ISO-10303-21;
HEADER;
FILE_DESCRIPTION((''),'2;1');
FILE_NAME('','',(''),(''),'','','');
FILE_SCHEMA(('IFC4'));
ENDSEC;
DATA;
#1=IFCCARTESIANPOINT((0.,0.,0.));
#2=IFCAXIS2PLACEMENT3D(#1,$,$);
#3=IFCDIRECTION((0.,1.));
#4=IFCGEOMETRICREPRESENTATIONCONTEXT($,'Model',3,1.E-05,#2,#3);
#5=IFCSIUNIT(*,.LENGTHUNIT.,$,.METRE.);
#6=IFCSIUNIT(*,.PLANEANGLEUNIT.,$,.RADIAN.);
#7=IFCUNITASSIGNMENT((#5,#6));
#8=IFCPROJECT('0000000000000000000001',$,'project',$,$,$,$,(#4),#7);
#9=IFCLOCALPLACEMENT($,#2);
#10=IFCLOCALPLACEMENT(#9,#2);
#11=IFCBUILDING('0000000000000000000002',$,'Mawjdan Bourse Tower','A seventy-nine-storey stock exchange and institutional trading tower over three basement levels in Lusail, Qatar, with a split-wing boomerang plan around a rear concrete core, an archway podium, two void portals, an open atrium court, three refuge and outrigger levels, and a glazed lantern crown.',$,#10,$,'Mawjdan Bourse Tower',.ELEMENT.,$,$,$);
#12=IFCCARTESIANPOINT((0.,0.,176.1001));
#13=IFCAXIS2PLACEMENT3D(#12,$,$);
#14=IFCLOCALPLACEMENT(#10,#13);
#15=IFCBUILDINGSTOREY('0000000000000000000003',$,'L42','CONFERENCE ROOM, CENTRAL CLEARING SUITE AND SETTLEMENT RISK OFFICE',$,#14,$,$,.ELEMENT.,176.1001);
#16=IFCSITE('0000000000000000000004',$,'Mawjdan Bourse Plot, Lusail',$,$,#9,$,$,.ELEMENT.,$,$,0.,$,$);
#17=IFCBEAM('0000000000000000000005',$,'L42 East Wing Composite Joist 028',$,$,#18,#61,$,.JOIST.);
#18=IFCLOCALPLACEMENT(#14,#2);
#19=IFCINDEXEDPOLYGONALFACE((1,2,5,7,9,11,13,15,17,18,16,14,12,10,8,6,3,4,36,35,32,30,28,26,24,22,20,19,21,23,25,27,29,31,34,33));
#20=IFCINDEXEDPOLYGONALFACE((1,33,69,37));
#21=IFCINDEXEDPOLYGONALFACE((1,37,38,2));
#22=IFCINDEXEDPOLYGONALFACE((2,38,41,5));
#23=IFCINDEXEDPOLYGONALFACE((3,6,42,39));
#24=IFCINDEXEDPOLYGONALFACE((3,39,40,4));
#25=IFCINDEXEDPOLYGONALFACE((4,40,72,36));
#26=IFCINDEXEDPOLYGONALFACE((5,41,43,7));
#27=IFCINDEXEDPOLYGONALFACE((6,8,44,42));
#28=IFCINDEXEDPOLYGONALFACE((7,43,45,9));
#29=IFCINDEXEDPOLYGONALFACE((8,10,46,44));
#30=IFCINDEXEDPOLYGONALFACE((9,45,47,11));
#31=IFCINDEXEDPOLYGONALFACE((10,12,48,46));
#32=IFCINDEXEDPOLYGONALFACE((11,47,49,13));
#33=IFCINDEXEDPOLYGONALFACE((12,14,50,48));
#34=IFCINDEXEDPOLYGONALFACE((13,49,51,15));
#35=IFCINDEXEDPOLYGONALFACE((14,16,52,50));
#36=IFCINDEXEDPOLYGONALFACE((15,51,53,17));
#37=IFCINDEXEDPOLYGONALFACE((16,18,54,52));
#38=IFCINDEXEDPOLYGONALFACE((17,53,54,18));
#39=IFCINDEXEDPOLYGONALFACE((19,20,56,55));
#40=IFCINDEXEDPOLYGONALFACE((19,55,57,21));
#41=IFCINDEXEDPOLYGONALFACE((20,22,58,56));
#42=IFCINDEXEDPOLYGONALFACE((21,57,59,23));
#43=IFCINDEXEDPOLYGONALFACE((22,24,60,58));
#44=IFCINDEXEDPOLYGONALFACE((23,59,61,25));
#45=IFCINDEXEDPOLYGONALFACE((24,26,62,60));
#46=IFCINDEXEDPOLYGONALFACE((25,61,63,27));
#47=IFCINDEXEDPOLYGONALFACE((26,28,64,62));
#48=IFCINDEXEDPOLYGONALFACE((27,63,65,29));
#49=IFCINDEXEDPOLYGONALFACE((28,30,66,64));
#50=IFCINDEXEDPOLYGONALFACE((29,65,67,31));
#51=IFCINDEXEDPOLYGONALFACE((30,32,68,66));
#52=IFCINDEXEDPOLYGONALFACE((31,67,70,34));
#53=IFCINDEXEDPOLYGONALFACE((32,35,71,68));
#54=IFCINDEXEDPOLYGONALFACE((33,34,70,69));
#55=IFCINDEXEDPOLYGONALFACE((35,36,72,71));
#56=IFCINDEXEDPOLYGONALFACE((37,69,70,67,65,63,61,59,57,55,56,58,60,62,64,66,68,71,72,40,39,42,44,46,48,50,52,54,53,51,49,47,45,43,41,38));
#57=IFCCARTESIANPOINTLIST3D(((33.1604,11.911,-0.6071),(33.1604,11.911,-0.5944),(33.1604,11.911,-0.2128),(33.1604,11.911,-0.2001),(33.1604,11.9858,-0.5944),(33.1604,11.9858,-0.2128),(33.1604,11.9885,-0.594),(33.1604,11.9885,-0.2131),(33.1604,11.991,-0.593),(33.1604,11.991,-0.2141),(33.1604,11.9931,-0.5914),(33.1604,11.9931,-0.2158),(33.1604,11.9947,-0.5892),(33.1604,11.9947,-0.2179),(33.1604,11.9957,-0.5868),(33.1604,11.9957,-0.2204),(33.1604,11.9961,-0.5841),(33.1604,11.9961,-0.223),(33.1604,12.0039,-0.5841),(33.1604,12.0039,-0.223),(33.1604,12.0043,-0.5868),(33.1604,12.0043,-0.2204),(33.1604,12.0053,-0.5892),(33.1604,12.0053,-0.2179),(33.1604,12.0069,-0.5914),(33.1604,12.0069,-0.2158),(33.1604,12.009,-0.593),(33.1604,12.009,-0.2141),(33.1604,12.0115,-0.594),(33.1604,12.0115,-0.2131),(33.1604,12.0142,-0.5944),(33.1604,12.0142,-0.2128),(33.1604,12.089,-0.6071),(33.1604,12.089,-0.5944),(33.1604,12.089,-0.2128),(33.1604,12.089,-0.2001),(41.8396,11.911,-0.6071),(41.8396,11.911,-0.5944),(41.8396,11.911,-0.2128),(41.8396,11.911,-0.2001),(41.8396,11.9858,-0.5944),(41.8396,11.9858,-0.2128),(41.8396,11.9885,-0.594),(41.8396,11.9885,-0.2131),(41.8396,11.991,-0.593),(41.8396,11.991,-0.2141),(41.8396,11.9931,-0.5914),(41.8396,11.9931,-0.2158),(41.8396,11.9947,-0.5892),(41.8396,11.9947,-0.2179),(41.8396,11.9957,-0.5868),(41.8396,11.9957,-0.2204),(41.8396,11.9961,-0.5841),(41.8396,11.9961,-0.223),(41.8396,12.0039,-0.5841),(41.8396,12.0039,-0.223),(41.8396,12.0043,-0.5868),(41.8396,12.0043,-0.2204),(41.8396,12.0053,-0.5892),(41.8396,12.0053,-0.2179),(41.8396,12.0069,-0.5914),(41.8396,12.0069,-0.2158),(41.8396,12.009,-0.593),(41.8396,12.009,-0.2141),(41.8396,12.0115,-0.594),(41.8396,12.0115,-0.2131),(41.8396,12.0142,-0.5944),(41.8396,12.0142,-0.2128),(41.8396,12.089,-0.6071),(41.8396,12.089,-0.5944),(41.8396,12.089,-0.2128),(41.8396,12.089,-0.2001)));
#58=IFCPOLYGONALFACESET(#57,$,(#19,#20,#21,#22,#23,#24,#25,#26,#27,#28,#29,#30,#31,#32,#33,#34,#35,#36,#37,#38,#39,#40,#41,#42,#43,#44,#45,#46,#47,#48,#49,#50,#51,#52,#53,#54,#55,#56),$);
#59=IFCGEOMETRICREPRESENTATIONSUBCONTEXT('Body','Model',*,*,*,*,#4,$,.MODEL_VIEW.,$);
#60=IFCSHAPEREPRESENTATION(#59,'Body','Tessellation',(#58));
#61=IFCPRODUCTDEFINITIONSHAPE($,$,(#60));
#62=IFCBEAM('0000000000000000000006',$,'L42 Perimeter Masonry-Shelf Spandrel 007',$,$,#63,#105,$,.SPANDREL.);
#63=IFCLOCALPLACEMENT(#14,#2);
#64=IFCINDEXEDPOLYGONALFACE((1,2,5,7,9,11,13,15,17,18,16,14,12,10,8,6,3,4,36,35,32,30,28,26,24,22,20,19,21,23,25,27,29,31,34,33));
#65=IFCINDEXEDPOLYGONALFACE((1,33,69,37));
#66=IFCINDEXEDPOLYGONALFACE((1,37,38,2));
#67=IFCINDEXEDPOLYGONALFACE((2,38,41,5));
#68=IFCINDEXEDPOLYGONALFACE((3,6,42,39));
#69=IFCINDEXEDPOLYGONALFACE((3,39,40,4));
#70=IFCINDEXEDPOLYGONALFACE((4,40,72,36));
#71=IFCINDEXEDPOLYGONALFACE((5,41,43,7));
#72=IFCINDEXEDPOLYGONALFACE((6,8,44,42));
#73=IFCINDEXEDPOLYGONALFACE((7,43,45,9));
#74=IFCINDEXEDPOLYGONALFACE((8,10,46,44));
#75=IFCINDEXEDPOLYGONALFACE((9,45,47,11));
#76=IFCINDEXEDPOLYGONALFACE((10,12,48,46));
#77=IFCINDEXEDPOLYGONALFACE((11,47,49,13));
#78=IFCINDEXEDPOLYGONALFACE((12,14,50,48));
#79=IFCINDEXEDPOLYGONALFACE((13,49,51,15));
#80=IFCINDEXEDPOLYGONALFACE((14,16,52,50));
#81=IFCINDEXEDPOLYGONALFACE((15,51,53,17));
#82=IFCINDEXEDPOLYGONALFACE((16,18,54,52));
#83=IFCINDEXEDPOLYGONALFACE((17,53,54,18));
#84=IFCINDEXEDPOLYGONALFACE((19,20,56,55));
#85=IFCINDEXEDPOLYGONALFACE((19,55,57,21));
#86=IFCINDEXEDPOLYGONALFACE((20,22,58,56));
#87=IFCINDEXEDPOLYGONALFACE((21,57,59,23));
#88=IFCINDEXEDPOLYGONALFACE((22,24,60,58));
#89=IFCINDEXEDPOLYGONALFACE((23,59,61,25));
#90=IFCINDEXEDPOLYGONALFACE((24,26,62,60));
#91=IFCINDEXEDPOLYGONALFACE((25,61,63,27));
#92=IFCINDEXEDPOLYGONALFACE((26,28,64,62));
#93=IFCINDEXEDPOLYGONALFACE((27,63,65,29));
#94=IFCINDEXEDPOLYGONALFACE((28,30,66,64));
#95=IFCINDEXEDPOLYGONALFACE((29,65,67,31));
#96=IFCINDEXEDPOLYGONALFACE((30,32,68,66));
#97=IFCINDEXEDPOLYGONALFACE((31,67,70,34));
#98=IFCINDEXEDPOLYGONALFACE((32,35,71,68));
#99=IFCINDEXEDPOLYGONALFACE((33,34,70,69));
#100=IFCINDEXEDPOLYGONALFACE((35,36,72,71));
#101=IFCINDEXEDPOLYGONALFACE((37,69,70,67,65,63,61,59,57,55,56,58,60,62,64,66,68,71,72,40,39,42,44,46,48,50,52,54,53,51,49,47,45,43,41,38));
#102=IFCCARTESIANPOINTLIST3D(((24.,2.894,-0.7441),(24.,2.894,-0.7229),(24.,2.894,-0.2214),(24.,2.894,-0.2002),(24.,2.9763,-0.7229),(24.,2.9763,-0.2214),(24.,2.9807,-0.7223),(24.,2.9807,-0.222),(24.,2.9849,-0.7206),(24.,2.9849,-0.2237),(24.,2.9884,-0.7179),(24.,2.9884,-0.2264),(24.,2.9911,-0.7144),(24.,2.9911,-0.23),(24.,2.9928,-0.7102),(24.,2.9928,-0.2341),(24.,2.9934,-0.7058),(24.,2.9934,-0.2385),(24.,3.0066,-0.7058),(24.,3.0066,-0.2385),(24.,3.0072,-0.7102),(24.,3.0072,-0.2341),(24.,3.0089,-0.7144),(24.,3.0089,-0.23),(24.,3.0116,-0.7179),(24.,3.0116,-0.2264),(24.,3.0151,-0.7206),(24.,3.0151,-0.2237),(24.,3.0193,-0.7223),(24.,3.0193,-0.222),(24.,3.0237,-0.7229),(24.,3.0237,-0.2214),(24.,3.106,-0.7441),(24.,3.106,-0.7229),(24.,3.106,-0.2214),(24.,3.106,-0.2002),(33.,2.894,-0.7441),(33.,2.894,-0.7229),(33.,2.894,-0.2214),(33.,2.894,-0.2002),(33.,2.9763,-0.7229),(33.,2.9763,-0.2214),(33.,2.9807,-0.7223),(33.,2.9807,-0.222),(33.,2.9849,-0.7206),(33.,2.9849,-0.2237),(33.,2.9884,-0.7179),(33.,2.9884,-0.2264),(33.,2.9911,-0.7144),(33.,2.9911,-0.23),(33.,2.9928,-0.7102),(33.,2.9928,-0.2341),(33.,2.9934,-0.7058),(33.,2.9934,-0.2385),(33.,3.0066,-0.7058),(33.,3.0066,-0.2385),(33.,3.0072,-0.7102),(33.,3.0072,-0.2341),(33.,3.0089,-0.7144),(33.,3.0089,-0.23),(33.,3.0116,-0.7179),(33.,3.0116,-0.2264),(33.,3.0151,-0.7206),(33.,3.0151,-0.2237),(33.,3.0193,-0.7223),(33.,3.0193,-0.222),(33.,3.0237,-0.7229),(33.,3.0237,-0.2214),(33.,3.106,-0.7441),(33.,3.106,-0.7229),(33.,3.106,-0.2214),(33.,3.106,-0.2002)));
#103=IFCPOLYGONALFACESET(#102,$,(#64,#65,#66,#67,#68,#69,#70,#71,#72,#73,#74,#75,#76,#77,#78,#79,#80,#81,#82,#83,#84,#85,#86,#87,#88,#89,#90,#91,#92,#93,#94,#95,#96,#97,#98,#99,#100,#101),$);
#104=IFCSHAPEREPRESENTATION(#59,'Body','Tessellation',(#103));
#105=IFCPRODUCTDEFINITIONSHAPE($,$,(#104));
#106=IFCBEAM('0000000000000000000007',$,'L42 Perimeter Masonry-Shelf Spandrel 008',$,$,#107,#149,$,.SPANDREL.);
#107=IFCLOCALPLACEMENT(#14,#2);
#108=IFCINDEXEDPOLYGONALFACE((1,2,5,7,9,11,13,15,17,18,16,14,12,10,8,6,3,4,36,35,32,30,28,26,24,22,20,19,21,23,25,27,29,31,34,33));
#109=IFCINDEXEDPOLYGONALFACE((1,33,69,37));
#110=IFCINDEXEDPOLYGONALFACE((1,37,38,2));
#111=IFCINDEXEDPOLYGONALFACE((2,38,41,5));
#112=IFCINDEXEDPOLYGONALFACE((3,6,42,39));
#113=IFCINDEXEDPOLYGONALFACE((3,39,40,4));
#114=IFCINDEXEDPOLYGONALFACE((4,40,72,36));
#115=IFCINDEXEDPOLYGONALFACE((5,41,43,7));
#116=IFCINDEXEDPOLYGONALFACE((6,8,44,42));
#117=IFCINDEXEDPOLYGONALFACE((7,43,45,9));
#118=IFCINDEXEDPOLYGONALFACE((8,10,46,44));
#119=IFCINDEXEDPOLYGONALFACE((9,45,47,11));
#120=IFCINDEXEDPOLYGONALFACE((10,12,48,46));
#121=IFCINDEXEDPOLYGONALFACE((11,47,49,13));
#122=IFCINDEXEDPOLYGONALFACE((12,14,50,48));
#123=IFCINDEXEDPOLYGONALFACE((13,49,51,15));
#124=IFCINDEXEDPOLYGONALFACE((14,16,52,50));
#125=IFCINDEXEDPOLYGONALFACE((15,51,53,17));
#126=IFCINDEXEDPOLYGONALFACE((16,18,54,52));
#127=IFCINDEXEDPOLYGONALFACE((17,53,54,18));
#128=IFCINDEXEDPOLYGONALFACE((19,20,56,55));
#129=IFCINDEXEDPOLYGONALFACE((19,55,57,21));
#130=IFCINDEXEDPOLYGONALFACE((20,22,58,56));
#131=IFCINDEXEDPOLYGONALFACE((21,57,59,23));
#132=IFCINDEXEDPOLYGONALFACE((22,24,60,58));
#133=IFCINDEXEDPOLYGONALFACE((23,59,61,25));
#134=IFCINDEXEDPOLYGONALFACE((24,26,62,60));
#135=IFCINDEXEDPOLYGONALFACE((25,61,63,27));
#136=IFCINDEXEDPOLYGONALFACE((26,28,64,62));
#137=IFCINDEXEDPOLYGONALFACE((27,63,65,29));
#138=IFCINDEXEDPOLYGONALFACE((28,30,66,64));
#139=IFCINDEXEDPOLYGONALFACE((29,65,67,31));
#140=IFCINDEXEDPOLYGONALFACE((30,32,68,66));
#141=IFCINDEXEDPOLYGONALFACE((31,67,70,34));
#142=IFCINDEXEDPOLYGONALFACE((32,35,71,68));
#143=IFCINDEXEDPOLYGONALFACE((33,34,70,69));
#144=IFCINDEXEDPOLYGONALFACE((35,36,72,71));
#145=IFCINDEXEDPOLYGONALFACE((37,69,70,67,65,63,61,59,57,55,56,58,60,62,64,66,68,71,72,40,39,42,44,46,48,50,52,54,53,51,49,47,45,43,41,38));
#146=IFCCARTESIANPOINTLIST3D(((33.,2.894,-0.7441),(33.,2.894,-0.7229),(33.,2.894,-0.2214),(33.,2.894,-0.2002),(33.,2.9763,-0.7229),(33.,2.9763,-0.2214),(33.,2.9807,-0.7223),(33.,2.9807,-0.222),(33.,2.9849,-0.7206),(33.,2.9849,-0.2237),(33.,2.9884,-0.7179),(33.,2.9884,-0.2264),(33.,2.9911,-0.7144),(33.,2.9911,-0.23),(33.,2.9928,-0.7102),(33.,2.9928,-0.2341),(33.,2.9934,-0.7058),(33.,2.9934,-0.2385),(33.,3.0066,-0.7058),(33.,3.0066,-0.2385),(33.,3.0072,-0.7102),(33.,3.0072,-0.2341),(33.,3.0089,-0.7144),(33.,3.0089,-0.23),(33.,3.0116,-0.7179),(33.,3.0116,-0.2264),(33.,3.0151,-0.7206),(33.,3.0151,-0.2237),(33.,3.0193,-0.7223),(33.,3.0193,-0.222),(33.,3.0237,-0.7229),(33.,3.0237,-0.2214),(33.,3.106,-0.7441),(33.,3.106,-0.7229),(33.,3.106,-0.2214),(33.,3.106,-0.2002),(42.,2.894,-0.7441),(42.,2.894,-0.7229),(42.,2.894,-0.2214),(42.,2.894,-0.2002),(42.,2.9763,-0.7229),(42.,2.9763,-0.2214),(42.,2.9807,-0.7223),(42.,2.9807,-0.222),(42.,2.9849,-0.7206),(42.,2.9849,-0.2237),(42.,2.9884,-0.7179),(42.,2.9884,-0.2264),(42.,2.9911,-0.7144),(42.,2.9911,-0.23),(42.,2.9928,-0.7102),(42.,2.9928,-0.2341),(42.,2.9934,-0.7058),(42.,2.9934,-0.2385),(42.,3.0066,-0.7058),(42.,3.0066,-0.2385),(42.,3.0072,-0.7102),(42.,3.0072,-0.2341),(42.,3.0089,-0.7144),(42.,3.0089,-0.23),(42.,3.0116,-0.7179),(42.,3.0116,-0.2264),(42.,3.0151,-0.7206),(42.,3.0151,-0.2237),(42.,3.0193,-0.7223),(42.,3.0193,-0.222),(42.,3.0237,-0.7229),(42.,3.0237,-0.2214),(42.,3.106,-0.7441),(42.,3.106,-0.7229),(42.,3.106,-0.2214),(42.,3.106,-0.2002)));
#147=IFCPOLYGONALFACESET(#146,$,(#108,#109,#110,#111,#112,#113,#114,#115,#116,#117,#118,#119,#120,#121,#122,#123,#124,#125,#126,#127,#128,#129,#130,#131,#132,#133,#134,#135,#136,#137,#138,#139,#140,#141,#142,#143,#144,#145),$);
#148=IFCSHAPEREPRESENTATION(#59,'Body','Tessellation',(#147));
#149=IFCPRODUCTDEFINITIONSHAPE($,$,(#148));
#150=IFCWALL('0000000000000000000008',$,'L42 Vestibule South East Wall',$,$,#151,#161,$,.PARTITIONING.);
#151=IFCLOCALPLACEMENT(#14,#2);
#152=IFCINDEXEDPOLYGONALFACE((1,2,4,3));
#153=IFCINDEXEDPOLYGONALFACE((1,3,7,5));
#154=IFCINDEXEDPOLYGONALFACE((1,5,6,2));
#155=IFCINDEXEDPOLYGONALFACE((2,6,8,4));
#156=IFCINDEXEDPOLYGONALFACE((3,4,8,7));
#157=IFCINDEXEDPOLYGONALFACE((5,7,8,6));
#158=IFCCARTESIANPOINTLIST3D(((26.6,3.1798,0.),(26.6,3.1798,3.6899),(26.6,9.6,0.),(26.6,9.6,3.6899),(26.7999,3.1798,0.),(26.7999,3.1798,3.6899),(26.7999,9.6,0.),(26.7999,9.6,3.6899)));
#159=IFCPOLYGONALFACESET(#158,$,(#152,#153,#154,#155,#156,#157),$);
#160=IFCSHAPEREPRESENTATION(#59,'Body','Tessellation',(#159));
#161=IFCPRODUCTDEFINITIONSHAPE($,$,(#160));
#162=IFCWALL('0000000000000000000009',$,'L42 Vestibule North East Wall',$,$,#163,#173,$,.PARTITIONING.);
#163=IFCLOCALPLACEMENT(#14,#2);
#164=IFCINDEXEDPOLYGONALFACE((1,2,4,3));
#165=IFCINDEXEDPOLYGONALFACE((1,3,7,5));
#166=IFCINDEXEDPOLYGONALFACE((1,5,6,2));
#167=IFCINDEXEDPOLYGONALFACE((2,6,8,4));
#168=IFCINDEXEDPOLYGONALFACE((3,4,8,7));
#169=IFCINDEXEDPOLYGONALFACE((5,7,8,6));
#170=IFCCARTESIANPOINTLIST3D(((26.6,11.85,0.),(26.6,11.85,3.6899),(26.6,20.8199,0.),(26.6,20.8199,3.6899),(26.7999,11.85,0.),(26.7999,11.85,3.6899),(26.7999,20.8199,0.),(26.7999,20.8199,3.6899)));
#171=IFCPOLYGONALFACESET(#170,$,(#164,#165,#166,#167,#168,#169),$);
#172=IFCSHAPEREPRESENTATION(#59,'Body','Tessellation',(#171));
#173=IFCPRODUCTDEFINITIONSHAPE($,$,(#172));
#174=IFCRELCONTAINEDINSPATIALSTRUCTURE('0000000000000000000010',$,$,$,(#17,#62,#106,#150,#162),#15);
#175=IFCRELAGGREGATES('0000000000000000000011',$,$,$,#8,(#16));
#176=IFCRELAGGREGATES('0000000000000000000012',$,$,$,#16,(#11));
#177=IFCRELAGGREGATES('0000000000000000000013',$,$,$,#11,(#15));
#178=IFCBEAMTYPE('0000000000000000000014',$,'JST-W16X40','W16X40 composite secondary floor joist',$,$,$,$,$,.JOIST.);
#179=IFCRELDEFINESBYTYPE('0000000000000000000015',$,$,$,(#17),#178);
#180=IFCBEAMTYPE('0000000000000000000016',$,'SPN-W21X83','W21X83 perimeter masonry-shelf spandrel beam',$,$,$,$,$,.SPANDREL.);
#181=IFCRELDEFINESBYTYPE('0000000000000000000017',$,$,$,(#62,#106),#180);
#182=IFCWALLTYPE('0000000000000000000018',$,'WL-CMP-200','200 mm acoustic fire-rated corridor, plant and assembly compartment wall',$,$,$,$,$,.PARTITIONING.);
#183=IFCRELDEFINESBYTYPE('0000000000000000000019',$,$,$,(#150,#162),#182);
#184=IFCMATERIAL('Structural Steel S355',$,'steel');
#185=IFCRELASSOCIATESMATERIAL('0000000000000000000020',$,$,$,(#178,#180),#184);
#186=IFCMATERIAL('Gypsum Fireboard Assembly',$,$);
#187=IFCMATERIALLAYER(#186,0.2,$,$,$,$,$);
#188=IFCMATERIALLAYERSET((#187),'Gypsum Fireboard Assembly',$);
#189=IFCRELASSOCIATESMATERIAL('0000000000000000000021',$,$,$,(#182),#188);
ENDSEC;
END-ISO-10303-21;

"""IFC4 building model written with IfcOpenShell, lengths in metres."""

from ifc_helpers import new_model, si_unit, direction, frame, frame_2d, origin, origin_2d, place, context, subcontext, project, spatial, rectangle, i_section, extrude, material, layer, layer_set, material_profile, profile_set, type_object, element, save


model = new_model("IFC4")

# Units and contexts
model_context = context("Model", 3, precision=1e-05, world=origin(), true_north=direction((0.0, 1.0)))
body_context = subcontext(model_context, "Body", "Model", "MODEL_VIEW")
ifc_project = project(units=[si_unit("LENGTHUNIT", "METRE"), si_unit("PLANEANGLEUNIT", "RADIAN")], contexts=[model_context])

# Site, building, storey
site_placement = place(None, origin())
site = spatial("IfcSite", under=ifc_project, at=site_placement, Name="Mawjdan Bourse Plot, Lusail", CompositionType="ELEMENT", RefElevation=0.0)
building_placement = place(site_placement, origin())
building = spatial("IfcBuilding", under=site, at=building_placement, Name="Mawjdan Bourse Tower", Description="A seventy-nine-storey stock exchange and institutional trading tower over three basement levels in Lusail, Qatar, with a split-wing boomerang plan around a rear concrete core, an archway podium, two void portals, an open atrium court, three refuge and outrigger levels, and a glazed lantern crown.", LongName="Mawjdan Bourse Tower", CompositionType="ELEMENT")
storey_placement = place(building_placement, frame((0.0, 0.0, 176.1001)))
storey = spatial("IfcBuildingStorey", under=building, at=storey_placement, Name="L42", Description="CONFERENCE ROOM, CENTRAL CLEARING SUITE AND SETTLEMENT RISK OFFICE", CompositionType="ELEMENT", Elevation=176.1001)

# Beams
ifc_material_1 = material(Name="Structural Steel S355", Category="steel")
ifc_material_profile_1 = material_profile(ifc_material_1, i_section(OverallWidth=0.178, OverallDepth=0.407, WebThickness=0.0078, FlangeThickness=0.0127, FilletRadius=0.0103, at=origin_2d()), Name="W16X40")
ifc_profile_set_1 = profile_set([ifc_material_profile_1], Name="Structural Steel S355")
beam_type_1 = type_object("IfcBeamType", Name="JST-W16X40", Description="W16X40 composite secondary floor joist", PredefinedType="JOIST", material=ifc_profile_set_1)
for number, where, z_axis, x_axis, name in (
    (1, (33.1604, 12.0, -0.4036), (1.0, 0.0, 0.0), (0.0, 1.0, 0.0), "L42 East Wing Composite Joist 028"),
):
    element("IfcBeam", number, at=place(storey_placement, frame(where, z_axis=z_axis, x_axis=x_axis)), inside=storey, type_object=beam_type_1, Name=name, PredefinedType="JOIST", context=body_context, shape_type="SweptSolid", body=[
        extrude(i_section(OverallWidth=0.178, OverallDepth=0.407, WebThickness=0.0078, FlangeThickness=0.0127, FilletRadius=0.0103, at=origin_2d()), origin(), (0.0, 0.0, 1.0), 8.6792),
    ])
ifc_material_profile_2 = material_profile(ifc_material_1, i_section(OverallWidth=0.2119, OverallDepth=0.5439, WebThickness=0.0132, FlangeThickness=0.0212, FilletRadius=0.0171, at=origin_2d()), Name="W21X83")
ifc_profile_set_2 = profile_set([ifc_material_profile_2], Name="Structural Steel S355")
beam_type_2 = type_object("IfcBeamType", Name="SPN-W21X83", Description="W21X83 perimeter masonry-shelf spandrel beam", PredefinedType="SPANDREL", material=ifc_profile_set_2)
for number, where, z_axis, x_axis, name in (
    (2, (24.0, 3.0, -0.4722), (1.0, 0.0, 0.0), (0.0, 1.0, 0.0), "L42 Perimeter Masonry-Shelf Spandrel 007"),
    (3, (33.0, 3.0, -0.4722), (1.0, 0.0, 0.0), (0.0, 1.0, 0.0), "L42 Perimeter Masonry-Shelf Spandrel 008"),
):
    element("IfcBeam", number, at=place(storey_placement, frame(where, z_axis=z_axis, x_axis=x_axis)), inside=storey, type_object=beam_type_2, Name=name, PredefinedType="SPANDREL", context=body_context, shape_type="SweptSolid", body=[
        extrude(i_section(OverallWidth=0.2119, OverallDepth=0.5439, WebThickness=0.0132, FlangeThickness=0.0212, FilletRadius=0.0171, at=origin_2d()), origin(), (0.0, 0.0, 1.0), 9.0),
    ])

# Walls
ifc_material_2 = material(Name="Gypsum Fireboard Assembly")
ifc_layer_1 = layer(ifc_material_2, 0.2)
ifc_layer_set_1 = layer_set([ifc_layer_1], Name="Gypsum Fireboard Assembly")
wall_type_1 = type_object("IfcWallType", Name="WL-CMP-200", Description="200 mm acoustic fire-rated corridor, plant and assembly compartment wall", PredefinedType="PARTITIONING", material=ifc_layer_set_1)
wall_1_placement = place(storey_placement, frame((26.7, 3.1799, 0.0), z_axis=(0.0, 0.0, 1.0), x_axis=(0.0, 1.0, 0.0)))
element("IfcWall", 4, at=wall_1_placement, inside=storey, type_object=wall_type_1, Name="L42 Vestibule South East Wall", PredefinedType="PARTITIONING", context=body_context, shape_type="SweptSolid", body=[
    extrude(rectangle(XDim=6.4202, YDim=0.2, at=frame_2d((3.21, 0.0))), origin(), (0.0, 0.0, 1.0), 3.6899),
])
wall_2_placement = place(storey_placement, frame((26.7, 11.8501, 0.0), z_axis=(0.0, 0.0, 1.0), x_axis=(0.0, 1.0, 0.0)))
element("IfcWall", 5, at=wall_2_placement, inside=storey, type_object=wall_type_1, Name="L42 Vestibule North East Wall", PredefinedType="PARTITIONING", context=body_context, shape_type="SweptSolid", body=[
    extrude(rectangle(XDim=8.97, YDim=0.2, at=frame_2d((4.4849, 0.0))), origin(), (0.0, 0.0, 1.0), 3.6899),
])

save(model, "model.ifc")
